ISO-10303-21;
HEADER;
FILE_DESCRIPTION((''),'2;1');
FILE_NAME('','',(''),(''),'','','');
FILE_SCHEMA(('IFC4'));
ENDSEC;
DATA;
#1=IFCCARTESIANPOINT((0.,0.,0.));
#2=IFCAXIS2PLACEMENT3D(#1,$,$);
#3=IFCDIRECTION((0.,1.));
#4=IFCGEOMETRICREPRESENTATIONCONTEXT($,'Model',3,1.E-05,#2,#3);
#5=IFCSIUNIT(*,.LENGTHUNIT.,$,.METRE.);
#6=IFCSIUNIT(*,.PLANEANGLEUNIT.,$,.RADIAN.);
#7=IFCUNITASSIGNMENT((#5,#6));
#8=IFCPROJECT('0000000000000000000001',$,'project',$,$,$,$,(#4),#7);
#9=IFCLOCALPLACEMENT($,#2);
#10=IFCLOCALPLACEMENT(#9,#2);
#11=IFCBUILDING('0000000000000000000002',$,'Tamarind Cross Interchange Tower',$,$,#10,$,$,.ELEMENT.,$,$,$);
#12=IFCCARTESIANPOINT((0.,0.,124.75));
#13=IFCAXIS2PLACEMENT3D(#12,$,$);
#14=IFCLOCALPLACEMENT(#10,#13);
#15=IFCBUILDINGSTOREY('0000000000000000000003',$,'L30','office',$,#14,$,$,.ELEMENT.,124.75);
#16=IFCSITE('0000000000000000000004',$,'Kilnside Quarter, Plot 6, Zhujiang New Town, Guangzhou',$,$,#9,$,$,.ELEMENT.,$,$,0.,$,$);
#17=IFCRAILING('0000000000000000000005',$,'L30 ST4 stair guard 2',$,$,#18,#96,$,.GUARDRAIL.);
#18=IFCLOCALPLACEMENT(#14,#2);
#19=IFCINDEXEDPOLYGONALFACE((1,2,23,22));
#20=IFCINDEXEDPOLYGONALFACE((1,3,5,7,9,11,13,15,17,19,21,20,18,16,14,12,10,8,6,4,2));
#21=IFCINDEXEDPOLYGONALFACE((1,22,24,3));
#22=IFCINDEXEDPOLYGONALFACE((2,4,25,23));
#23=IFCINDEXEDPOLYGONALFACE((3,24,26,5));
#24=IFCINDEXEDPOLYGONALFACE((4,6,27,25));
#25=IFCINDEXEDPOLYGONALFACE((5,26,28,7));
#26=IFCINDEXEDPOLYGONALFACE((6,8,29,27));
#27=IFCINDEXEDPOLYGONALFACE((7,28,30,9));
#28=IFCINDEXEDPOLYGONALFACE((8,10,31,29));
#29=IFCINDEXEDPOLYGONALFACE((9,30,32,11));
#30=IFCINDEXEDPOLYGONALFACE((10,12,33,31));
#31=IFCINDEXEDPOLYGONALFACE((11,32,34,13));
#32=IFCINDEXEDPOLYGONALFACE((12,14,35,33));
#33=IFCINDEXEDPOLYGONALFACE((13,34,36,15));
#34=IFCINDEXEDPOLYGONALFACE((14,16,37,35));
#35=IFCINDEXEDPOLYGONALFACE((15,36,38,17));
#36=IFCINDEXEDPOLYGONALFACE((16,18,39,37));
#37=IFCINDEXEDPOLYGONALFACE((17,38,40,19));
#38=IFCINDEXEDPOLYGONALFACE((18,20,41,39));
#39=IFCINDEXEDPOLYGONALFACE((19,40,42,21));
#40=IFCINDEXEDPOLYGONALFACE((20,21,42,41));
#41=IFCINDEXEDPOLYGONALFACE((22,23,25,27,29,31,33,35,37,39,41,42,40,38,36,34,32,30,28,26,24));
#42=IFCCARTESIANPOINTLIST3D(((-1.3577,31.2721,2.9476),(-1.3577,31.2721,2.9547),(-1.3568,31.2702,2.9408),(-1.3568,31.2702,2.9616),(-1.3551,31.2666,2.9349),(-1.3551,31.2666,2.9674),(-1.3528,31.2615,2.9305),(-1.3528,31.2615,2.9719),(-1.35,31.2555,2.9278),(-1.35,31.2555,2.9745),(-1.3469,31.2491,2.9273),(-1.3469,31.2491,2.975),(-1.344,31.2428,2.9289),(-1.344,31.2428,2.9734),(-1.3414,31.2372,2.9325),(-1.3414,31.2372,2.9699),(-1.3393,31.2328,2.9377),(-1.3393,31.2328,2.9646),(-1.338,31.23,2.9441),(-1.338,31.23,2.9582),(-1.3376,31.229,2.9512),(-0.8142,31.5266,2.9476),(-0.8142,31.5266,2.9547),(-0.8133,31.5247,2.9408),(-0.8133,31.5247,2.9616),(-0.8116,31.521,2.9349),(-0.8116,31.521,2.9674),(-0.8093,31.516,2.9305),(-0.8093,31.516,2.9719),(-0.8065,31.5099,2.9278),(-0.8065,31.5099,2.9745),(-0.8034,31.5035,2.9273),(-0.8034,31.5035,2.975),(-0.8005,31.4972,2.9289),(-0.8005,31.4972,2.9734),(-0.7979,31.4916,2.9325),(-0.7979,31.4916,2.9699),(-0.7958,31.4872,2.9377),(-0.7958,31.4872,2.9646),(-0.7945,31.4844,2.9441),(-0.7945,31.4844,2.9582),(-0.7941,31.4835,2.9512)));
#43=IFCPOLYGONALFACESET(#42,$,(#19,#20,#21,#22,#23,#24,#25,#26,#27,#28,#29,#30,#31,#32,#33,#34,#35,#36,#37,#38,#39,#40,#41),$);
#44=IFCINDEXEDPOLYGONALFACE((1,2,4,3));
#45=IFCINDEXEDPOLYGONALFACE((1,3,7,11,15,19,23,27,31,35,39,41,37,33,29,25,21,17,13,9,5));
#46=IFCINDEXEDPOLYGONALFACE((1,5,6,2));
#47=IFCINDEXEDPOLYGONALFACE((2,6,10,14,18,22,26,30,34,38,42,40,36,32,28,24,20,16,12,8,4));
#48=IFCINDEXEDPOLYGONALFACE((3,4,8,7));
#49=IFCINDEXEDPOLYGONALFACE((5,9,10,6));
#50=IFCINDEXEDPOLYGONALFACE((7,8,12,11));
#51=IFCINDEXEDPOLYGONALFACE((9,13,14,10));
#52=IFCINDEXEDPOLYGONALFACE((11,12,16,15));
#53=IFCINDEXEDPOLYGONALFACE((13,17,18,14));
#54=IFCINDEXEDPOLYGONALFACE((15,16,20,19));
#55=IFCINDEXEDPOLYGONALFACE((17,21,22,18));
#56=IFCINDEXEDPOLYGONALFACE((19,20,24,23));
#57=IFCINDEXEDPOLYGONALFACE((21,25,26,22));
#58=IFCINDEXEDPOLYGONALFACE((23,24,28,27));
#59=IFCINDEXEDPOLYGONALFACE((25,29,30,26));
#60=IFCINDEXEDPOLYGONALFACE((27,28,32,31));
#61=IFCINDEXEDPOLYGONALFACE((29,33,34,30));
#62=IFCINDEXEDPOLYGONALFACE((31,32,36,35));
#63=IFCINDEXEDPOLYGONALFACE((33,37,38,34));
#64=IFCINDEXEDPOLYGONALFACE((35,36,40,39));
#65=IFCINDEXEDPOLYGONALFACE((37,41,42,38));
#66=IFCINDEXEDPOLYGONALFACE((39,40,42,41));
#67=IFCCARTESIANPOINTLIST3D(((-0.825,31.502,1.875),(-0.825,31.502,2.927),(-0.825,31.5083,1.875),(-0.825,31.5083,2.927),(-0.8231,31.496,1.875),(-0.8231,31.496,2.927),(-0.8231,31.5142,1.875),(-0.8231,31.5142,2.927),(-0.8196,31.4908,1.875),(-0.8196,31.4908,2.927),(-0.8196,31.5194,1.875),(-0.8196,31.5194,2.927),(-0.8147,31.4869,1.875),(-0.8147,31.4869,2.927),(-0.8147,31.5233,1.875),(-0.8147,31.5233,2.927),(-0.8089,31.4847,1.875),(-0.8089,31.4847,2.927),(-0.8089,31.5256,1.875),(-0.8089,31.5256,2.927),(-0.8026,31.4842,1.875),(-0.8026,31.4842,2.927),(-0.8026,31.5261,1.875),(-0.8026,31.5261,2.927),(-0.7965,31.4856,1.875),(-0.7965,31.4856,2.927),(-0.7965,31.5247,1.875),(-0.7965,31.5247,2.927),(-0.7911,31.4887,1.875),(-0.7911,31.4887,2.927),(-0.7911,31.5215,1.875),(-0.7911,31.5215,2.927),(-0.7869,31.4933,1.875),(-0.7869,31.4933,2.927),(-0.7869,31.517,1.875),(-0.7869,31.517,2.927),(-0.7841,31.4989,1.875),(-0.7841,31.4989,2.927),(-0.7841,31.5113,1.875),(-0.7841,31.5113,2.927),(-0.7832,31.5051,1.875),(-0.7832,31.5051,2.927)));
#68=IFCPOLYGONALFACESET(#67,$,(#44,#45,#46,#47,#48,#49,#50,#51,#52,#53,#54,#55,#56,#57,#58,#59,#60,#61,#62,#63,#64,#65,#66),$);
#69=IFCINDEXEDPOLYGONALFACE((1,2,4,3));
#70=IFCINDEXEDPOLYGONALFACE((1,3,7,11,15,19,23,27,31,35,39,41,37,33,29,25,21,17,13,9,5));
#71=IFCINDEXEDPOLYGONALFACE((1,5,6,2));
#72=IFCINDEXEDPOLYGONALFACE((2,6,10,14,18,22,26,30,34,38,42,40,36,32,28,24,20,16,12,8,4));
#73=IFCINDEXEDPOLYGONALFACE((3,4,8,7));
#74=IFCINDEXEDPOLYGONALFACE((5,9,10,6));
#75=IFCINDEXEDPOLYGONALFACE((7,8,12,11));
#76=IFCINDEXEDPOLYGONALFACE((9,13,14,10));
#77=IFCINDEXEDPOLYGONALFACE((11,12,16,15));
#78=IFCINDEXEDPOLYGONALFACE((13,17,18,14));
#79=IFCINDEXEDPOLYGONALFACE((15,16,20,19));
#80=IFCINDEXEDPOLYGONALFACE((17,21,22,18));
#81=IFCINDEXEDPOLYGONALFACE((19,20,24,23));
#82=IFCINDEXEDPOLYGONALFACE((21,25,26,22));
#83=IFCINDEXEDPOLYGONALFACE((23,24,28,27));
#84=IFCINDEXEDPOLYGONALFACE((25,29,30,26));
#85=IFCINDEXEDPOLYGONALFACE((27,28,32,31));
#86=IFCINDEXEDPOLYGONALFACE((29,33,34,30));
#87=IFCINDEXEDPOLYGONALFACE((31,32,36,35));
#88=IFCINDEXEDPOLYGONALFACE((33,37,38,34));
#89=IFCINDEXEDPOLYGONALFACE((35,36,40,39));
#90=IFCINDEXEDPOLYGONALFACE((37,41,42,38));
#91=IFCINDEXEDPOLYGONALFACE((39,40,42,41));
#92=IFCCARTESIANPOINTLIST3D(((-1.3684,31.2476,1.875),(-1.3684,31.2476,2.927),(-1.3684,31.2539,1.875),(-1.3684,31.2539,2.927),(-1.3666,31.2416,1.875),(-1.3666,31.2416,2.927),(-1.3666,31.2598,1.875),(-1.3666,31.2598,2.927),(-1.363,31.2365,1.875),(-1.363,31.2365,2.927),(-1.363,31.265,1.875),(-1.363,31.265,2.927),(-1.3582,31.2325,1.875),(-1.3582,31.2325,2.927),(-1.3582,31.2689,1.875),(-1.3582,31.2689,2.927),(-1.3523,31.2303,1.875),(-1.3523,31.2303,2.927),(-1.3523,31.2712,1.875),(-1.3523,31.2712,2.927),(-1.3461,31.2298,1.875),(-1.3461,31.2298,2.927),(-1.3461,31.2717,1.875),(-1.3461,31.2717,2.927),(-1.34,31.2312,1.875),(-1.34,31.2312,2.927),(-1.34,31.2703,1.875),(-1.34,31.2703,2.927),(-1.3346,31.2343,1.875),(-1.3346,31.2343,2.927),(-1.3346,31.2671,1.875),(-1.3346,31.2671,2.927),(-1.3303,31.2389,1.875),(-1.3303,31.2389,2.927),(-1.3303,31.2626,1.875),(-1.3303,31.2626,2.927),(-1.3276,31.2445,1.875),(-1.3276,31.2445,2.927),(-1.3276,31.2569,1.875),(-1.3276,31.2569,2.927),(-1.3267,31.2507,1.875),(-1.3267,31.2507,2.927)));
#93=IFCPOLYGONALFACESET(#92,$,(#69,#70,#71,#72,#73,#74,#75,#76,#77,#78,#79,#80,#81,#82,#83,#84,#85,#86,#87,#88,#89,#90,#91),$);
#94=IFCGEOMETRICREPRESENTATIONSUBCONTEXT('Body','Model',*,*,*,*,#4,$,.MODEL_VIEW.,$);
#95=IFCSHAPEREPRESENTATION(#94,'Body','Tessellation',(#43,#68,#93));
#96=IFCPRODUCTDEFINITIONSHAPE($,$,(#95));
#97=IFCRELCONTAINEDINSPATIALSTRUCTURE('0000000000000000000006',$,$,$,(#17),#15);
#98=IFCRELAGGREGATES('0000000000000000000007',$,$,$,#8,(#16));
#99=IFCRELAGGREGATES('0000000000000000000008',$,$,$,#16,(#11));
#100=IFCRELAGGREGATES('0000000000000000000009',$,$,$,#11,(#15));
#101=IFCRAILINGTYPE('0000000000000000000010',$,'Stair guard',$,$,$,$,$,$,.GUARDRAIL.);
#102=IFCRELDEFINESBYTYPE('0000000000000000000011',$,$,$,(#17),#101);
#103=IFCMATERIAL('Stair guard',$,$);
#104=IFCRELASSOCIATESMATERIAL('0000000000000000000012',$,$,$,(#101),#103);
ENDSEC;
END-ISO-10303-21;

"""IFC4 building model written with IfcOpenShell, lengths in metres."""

from ifc_helpers import new_model, si_unit, direction, frame, origin, origin_2d, place, context, subcontext, project, spatial, circle, extrude, material, type_object, element, save


model = new_model("IFC4")

# Units and contexts
model_context = context("Model", 3, precision=1e-05, world=origin(), true_north=direction((0.0, 1.0)))
body_context = subcontext(model_context, "Body", "Model", "MODEL_VIEW")
ifc_project = project(units=[si_unit("LENGTHUNIT", "METRE"), si_unit("PLANEANGLEUNIT", "RADIAN")], contexts=[model_context])

# Site, building, storey
site_placement = place(None, origin())
site = spatial("IfcSite", under=ifc_project, at=site_placement, Name="Kilnside Quarter, Plot 6, Zhujiang New Town, Guangzhou", CompositionType="ELEMENT", RefElevation=0.0)
building_placement = place(site_placement, origin())
building = spatial("IfcBuilding", under=site, at=building_placement, Name="Tamarind Cross Interchange Tower", CompositionType="ELEMENT")
storey_placement = place(building_placement, frame((0.0, 0.0, 124.75)))
storey = spatial("IfcBuildingStorey", under=building, at=storey_placement, Name="L30", Description="office", CompositionType="ELEMENT", Elevation=124.75)

# Railing
ifc_material_1 = material(Name="Stair guard")
railing_type = type_object("IfcRailingType", Name="Stair guard", PredefinedType="GUARDRAIL", material=ifc_material_1)
railing_1_placement = place(storey_placement, frame((-0.8042, 31.5051, 1.875)))
element("IfcRailing", 1, at=railing_1_placement, inside=storey, type_object=railing_type, Name="L30 ST4 stair guard 2", PredefinedType="GUARDRAIL", context=body_context, shape_type="SweptSolid", body=[
    extrude(circle(Radius=0.0239, at=origin_2d()), frame((0.0, 0.0, 1.0762), z_axis=(-0.905684, -0.423954, 0.0), x_axis=(0.423954, -0.905684, 0.0)), (0.0, 0.0, 1.0), 0.6001),
    extrude(circle(Radius=0.021, at=origin_2d()), origin(), (0.0, 0.0, 1.0), 1.052),
    extrude(circle(Radius=0.021, at=origin_2d()), frame((-0.5435, -0.2544, 0.0)), (0.0, 0.0, 1.0), 1.052),
])

save(model, "model.ifc")
